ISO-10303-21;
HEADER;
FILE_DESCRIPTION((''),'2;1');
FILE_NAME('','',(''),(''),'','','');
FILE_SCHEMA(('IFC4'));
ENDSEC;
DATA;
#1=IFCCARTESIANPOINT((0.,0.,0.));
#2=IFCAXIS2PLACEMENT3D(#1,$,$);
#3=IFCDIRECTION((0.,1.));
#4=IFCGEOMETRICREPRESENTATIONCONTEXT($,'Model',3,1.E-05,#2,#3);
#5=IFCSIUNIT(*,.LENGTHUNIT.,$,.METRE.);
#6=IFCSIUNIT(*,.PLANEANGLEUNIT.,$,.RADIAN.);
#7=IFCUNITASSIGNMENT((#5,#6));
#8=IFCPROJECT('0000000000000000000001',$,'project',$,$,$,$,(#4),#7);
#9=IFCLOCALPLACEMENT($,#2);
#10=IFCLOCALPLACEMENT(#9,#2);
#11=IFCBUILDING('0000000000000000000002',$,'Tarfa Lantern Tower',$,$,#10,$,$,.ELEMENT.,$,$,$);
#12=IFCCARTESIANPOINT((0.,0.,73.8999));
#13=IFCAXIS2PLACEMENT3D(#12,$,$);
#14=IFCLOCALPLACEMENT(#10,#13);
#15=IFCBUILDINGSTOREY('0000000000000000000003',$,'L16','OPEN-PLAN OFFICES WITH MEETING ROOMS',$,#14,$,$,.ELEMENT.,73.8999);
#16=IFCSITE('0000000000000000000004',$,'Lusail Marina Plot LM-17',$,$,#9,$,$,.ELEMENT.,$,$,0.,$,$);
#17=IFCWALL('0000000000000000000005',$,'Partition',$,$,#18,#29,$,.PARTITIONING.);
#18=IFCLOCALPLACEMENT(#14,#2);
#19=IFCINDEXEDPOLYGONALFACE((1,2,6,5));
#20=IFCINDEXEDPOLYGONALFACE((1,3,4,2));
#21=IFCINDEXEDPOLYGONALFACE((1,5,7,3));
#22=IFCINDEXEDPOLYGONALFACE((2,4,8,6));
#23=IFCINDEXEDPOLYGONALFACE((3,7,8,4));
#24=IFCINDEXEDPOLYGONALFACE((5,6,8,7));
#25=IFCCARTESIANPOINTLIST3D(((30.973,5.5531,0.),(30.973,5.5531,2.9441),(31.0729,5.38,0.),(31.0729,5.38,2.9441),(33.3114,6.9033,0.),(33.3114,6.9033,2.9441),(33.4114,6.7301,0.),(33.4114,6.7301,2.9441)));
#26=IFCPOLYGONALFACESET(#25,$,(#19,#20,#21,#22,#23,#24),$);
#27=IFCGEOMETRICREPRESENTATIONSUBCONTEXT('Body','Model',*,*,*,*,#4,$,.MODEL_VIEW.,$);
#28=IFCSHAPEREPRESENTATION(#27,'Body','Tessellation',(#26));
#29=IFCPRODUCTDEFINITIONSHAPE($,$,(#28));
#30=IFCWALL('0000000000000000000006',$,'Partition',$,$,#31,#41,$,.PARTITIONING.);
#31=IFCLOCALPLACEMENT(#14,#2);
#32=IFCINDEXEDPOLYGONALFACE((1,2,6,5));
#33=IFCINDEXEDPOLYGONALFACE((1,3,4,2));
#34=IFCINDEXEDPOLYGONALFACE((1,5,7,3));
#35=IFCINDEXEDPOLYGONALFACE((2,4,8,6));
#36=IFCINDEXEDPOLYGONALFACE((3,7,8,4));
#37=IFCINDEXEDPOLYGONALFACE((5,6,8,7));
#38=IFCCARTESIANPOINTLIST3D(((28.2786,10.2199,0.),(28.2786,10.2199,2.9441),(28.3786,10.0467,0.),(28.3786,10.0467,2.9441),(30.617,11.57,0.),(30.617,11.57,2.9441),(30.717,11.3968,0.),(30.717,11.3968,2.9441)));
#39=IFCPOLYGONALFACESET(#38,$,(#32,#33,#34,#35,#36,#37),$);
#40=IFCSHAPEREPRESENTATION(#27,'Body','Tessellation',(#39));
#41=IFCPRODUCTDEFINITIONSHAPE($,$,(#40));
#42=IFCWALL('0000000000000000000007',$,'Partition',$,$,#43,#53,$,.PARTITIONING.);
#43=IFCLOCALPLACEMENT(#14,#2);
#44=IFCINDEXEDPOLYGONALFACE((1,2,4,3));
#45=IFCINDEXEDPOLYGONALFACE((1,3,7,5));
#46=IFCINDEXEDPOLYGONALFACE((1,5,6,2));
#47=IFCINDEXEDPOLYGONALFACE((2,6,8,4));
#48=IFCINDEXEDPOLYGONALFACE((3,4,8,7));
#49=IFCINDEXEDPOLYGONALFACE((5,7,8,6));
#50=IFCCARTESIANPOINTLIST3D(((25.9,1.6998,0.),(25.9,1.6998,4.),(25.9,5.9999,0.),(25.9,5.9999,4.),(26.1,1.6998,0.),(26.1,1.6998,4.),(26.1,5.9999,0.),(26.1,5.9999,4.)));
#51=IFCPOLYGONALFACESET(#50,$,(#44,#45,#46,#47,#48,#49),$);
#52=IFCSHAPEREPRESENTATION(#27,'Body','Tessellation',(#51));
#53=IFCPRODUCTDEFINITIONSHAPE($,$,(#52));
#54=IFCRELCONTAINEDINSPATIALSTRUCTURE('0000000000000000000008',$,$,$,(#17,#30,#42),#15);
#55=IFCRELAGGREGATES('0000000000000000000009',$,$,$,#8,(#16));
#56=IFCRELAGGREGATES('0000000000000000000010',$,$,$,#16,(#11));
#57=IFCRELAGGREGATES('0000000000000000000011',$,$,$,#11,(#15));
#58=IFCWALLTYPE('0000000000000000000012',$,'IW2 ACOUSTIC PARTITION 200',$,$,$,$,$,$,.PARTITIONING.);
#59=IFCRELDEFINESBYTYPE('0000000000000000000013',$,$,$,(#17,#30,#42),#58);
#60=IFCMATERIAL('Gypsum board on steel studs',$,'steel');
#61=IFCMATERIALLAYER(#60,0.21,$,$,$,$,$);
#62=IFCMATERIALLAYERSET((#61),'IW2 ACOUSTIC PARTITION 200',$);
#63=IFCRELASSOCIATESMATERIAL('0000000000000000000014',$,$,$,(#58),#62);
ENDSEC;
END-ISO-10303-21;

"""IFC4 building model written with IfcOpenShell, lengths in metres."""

from ifc_helpers import new_model, si_unit, direction, frame, frame_2d, origin, place, context, subcontext, project, spatial, rectangle, extrude, material, layer, layer_set, type_object, element, save


model = new_model("IFC4")

# Units and contexts
model_context = context("Model", 3, precision=1e-05, world=origin(), true_north=direction((0.0, 1.0)))
body_context = subcontext(model_context, "Body", "Model", "MODEL_VIEW")
ifc_project = project(units=[si_unit("LENGTHUNIT", "METRE"), si_unit("PLANEANGLEUNIT", "RADIAN")], contexts=[model_context])

# Site, building, storey
site_placement = place(None, origin())
site = spatial("IfcSite", under=ifc_project, at=site_placement, Name="Lusail Marina Plot LM-17", CompositionType="ELEMENT", RefElevation=0.0)
building_placement = place(site_placement, origin())
building = spatial("IfcBuilding", under=site, at=building_placement, Name="Tarfa Lantern Tower", CompositionType="ELEMENT")
storey_placement = place(building_placement, frame((0.0, 0.0, 73.8999)))
storey = spatial("IfcBuildingStorey", under=building, at=storey_placement, Name="L16", Description="OPEN-PLAN OFFICES WITH MEETING ROOMS", CompositionType="ELEMENT", Elevation=73.8999)

# Shared definitions
ifc_material_1 = material(Name="Gypsum board on steel studs", Category="steel")
ifc_layer_1 = layer(ifc_material_1, 0.21)
ifc_layer_set_1 = layer_set([ifc_layer_1], Name="IW2 ACOUSTIC PARTITION 200")
wall_type = type_object("IfcWallType", Name="IW2 ACOUSTIC PARTITION 200", PredefinedType="PARTITIONING", material=ifc_layer_set_1)

# Walls
for number, where, z_axis, x_axis, name in (
    (1, (31.0229, 5.4666, 0.0), (0.0, 0.0, 1.0), (0.86602, 0.500009, 0.0), "Partition"),
    (2, (28.3286, 10.1333, 0.0), (0.0, 0.0, 1.0), (0.86602, 0.500009, 0.0), "Partition"),
):
    element("IfcWall", number, at=place(storey_placement, frame(where, z_axis=z_axis, x_axis=x_axis)), inside=storey, type_object=wall_type, Name=name, PredefinedType="PARTITIONING", context=body_context, shape_type="SweptSolid", body=[
        extrude(rectangle(XDim=2.7002, YDim=0.2, at=frame_2d((1.3501, 0.0))), origin(), (0.0, 0.0, 1.0), 2.9441),
    ])
wall_1_placement = place(storey_placement, frame((26.0, 1.7, 0.0), z_axis=(0.0, 0.0, 1.0), x_axis=(0.0, 1.0, 0.0)))
element("IfcWall", 3, at=wall_1_placement, inside=storey, type_object=wall_type, Name="Partition", PredefinedType="PARTITIONING", context=body_context, shape_type="SweptSolid", body=[
    extrude(rectangle(XDim=4.3, YDim=0.2, at=frame_2d((2.1499, 0.0))), origin(), (0.0, 0.0, 1.0), 4.0),
])

save(model, "model.ifc")
